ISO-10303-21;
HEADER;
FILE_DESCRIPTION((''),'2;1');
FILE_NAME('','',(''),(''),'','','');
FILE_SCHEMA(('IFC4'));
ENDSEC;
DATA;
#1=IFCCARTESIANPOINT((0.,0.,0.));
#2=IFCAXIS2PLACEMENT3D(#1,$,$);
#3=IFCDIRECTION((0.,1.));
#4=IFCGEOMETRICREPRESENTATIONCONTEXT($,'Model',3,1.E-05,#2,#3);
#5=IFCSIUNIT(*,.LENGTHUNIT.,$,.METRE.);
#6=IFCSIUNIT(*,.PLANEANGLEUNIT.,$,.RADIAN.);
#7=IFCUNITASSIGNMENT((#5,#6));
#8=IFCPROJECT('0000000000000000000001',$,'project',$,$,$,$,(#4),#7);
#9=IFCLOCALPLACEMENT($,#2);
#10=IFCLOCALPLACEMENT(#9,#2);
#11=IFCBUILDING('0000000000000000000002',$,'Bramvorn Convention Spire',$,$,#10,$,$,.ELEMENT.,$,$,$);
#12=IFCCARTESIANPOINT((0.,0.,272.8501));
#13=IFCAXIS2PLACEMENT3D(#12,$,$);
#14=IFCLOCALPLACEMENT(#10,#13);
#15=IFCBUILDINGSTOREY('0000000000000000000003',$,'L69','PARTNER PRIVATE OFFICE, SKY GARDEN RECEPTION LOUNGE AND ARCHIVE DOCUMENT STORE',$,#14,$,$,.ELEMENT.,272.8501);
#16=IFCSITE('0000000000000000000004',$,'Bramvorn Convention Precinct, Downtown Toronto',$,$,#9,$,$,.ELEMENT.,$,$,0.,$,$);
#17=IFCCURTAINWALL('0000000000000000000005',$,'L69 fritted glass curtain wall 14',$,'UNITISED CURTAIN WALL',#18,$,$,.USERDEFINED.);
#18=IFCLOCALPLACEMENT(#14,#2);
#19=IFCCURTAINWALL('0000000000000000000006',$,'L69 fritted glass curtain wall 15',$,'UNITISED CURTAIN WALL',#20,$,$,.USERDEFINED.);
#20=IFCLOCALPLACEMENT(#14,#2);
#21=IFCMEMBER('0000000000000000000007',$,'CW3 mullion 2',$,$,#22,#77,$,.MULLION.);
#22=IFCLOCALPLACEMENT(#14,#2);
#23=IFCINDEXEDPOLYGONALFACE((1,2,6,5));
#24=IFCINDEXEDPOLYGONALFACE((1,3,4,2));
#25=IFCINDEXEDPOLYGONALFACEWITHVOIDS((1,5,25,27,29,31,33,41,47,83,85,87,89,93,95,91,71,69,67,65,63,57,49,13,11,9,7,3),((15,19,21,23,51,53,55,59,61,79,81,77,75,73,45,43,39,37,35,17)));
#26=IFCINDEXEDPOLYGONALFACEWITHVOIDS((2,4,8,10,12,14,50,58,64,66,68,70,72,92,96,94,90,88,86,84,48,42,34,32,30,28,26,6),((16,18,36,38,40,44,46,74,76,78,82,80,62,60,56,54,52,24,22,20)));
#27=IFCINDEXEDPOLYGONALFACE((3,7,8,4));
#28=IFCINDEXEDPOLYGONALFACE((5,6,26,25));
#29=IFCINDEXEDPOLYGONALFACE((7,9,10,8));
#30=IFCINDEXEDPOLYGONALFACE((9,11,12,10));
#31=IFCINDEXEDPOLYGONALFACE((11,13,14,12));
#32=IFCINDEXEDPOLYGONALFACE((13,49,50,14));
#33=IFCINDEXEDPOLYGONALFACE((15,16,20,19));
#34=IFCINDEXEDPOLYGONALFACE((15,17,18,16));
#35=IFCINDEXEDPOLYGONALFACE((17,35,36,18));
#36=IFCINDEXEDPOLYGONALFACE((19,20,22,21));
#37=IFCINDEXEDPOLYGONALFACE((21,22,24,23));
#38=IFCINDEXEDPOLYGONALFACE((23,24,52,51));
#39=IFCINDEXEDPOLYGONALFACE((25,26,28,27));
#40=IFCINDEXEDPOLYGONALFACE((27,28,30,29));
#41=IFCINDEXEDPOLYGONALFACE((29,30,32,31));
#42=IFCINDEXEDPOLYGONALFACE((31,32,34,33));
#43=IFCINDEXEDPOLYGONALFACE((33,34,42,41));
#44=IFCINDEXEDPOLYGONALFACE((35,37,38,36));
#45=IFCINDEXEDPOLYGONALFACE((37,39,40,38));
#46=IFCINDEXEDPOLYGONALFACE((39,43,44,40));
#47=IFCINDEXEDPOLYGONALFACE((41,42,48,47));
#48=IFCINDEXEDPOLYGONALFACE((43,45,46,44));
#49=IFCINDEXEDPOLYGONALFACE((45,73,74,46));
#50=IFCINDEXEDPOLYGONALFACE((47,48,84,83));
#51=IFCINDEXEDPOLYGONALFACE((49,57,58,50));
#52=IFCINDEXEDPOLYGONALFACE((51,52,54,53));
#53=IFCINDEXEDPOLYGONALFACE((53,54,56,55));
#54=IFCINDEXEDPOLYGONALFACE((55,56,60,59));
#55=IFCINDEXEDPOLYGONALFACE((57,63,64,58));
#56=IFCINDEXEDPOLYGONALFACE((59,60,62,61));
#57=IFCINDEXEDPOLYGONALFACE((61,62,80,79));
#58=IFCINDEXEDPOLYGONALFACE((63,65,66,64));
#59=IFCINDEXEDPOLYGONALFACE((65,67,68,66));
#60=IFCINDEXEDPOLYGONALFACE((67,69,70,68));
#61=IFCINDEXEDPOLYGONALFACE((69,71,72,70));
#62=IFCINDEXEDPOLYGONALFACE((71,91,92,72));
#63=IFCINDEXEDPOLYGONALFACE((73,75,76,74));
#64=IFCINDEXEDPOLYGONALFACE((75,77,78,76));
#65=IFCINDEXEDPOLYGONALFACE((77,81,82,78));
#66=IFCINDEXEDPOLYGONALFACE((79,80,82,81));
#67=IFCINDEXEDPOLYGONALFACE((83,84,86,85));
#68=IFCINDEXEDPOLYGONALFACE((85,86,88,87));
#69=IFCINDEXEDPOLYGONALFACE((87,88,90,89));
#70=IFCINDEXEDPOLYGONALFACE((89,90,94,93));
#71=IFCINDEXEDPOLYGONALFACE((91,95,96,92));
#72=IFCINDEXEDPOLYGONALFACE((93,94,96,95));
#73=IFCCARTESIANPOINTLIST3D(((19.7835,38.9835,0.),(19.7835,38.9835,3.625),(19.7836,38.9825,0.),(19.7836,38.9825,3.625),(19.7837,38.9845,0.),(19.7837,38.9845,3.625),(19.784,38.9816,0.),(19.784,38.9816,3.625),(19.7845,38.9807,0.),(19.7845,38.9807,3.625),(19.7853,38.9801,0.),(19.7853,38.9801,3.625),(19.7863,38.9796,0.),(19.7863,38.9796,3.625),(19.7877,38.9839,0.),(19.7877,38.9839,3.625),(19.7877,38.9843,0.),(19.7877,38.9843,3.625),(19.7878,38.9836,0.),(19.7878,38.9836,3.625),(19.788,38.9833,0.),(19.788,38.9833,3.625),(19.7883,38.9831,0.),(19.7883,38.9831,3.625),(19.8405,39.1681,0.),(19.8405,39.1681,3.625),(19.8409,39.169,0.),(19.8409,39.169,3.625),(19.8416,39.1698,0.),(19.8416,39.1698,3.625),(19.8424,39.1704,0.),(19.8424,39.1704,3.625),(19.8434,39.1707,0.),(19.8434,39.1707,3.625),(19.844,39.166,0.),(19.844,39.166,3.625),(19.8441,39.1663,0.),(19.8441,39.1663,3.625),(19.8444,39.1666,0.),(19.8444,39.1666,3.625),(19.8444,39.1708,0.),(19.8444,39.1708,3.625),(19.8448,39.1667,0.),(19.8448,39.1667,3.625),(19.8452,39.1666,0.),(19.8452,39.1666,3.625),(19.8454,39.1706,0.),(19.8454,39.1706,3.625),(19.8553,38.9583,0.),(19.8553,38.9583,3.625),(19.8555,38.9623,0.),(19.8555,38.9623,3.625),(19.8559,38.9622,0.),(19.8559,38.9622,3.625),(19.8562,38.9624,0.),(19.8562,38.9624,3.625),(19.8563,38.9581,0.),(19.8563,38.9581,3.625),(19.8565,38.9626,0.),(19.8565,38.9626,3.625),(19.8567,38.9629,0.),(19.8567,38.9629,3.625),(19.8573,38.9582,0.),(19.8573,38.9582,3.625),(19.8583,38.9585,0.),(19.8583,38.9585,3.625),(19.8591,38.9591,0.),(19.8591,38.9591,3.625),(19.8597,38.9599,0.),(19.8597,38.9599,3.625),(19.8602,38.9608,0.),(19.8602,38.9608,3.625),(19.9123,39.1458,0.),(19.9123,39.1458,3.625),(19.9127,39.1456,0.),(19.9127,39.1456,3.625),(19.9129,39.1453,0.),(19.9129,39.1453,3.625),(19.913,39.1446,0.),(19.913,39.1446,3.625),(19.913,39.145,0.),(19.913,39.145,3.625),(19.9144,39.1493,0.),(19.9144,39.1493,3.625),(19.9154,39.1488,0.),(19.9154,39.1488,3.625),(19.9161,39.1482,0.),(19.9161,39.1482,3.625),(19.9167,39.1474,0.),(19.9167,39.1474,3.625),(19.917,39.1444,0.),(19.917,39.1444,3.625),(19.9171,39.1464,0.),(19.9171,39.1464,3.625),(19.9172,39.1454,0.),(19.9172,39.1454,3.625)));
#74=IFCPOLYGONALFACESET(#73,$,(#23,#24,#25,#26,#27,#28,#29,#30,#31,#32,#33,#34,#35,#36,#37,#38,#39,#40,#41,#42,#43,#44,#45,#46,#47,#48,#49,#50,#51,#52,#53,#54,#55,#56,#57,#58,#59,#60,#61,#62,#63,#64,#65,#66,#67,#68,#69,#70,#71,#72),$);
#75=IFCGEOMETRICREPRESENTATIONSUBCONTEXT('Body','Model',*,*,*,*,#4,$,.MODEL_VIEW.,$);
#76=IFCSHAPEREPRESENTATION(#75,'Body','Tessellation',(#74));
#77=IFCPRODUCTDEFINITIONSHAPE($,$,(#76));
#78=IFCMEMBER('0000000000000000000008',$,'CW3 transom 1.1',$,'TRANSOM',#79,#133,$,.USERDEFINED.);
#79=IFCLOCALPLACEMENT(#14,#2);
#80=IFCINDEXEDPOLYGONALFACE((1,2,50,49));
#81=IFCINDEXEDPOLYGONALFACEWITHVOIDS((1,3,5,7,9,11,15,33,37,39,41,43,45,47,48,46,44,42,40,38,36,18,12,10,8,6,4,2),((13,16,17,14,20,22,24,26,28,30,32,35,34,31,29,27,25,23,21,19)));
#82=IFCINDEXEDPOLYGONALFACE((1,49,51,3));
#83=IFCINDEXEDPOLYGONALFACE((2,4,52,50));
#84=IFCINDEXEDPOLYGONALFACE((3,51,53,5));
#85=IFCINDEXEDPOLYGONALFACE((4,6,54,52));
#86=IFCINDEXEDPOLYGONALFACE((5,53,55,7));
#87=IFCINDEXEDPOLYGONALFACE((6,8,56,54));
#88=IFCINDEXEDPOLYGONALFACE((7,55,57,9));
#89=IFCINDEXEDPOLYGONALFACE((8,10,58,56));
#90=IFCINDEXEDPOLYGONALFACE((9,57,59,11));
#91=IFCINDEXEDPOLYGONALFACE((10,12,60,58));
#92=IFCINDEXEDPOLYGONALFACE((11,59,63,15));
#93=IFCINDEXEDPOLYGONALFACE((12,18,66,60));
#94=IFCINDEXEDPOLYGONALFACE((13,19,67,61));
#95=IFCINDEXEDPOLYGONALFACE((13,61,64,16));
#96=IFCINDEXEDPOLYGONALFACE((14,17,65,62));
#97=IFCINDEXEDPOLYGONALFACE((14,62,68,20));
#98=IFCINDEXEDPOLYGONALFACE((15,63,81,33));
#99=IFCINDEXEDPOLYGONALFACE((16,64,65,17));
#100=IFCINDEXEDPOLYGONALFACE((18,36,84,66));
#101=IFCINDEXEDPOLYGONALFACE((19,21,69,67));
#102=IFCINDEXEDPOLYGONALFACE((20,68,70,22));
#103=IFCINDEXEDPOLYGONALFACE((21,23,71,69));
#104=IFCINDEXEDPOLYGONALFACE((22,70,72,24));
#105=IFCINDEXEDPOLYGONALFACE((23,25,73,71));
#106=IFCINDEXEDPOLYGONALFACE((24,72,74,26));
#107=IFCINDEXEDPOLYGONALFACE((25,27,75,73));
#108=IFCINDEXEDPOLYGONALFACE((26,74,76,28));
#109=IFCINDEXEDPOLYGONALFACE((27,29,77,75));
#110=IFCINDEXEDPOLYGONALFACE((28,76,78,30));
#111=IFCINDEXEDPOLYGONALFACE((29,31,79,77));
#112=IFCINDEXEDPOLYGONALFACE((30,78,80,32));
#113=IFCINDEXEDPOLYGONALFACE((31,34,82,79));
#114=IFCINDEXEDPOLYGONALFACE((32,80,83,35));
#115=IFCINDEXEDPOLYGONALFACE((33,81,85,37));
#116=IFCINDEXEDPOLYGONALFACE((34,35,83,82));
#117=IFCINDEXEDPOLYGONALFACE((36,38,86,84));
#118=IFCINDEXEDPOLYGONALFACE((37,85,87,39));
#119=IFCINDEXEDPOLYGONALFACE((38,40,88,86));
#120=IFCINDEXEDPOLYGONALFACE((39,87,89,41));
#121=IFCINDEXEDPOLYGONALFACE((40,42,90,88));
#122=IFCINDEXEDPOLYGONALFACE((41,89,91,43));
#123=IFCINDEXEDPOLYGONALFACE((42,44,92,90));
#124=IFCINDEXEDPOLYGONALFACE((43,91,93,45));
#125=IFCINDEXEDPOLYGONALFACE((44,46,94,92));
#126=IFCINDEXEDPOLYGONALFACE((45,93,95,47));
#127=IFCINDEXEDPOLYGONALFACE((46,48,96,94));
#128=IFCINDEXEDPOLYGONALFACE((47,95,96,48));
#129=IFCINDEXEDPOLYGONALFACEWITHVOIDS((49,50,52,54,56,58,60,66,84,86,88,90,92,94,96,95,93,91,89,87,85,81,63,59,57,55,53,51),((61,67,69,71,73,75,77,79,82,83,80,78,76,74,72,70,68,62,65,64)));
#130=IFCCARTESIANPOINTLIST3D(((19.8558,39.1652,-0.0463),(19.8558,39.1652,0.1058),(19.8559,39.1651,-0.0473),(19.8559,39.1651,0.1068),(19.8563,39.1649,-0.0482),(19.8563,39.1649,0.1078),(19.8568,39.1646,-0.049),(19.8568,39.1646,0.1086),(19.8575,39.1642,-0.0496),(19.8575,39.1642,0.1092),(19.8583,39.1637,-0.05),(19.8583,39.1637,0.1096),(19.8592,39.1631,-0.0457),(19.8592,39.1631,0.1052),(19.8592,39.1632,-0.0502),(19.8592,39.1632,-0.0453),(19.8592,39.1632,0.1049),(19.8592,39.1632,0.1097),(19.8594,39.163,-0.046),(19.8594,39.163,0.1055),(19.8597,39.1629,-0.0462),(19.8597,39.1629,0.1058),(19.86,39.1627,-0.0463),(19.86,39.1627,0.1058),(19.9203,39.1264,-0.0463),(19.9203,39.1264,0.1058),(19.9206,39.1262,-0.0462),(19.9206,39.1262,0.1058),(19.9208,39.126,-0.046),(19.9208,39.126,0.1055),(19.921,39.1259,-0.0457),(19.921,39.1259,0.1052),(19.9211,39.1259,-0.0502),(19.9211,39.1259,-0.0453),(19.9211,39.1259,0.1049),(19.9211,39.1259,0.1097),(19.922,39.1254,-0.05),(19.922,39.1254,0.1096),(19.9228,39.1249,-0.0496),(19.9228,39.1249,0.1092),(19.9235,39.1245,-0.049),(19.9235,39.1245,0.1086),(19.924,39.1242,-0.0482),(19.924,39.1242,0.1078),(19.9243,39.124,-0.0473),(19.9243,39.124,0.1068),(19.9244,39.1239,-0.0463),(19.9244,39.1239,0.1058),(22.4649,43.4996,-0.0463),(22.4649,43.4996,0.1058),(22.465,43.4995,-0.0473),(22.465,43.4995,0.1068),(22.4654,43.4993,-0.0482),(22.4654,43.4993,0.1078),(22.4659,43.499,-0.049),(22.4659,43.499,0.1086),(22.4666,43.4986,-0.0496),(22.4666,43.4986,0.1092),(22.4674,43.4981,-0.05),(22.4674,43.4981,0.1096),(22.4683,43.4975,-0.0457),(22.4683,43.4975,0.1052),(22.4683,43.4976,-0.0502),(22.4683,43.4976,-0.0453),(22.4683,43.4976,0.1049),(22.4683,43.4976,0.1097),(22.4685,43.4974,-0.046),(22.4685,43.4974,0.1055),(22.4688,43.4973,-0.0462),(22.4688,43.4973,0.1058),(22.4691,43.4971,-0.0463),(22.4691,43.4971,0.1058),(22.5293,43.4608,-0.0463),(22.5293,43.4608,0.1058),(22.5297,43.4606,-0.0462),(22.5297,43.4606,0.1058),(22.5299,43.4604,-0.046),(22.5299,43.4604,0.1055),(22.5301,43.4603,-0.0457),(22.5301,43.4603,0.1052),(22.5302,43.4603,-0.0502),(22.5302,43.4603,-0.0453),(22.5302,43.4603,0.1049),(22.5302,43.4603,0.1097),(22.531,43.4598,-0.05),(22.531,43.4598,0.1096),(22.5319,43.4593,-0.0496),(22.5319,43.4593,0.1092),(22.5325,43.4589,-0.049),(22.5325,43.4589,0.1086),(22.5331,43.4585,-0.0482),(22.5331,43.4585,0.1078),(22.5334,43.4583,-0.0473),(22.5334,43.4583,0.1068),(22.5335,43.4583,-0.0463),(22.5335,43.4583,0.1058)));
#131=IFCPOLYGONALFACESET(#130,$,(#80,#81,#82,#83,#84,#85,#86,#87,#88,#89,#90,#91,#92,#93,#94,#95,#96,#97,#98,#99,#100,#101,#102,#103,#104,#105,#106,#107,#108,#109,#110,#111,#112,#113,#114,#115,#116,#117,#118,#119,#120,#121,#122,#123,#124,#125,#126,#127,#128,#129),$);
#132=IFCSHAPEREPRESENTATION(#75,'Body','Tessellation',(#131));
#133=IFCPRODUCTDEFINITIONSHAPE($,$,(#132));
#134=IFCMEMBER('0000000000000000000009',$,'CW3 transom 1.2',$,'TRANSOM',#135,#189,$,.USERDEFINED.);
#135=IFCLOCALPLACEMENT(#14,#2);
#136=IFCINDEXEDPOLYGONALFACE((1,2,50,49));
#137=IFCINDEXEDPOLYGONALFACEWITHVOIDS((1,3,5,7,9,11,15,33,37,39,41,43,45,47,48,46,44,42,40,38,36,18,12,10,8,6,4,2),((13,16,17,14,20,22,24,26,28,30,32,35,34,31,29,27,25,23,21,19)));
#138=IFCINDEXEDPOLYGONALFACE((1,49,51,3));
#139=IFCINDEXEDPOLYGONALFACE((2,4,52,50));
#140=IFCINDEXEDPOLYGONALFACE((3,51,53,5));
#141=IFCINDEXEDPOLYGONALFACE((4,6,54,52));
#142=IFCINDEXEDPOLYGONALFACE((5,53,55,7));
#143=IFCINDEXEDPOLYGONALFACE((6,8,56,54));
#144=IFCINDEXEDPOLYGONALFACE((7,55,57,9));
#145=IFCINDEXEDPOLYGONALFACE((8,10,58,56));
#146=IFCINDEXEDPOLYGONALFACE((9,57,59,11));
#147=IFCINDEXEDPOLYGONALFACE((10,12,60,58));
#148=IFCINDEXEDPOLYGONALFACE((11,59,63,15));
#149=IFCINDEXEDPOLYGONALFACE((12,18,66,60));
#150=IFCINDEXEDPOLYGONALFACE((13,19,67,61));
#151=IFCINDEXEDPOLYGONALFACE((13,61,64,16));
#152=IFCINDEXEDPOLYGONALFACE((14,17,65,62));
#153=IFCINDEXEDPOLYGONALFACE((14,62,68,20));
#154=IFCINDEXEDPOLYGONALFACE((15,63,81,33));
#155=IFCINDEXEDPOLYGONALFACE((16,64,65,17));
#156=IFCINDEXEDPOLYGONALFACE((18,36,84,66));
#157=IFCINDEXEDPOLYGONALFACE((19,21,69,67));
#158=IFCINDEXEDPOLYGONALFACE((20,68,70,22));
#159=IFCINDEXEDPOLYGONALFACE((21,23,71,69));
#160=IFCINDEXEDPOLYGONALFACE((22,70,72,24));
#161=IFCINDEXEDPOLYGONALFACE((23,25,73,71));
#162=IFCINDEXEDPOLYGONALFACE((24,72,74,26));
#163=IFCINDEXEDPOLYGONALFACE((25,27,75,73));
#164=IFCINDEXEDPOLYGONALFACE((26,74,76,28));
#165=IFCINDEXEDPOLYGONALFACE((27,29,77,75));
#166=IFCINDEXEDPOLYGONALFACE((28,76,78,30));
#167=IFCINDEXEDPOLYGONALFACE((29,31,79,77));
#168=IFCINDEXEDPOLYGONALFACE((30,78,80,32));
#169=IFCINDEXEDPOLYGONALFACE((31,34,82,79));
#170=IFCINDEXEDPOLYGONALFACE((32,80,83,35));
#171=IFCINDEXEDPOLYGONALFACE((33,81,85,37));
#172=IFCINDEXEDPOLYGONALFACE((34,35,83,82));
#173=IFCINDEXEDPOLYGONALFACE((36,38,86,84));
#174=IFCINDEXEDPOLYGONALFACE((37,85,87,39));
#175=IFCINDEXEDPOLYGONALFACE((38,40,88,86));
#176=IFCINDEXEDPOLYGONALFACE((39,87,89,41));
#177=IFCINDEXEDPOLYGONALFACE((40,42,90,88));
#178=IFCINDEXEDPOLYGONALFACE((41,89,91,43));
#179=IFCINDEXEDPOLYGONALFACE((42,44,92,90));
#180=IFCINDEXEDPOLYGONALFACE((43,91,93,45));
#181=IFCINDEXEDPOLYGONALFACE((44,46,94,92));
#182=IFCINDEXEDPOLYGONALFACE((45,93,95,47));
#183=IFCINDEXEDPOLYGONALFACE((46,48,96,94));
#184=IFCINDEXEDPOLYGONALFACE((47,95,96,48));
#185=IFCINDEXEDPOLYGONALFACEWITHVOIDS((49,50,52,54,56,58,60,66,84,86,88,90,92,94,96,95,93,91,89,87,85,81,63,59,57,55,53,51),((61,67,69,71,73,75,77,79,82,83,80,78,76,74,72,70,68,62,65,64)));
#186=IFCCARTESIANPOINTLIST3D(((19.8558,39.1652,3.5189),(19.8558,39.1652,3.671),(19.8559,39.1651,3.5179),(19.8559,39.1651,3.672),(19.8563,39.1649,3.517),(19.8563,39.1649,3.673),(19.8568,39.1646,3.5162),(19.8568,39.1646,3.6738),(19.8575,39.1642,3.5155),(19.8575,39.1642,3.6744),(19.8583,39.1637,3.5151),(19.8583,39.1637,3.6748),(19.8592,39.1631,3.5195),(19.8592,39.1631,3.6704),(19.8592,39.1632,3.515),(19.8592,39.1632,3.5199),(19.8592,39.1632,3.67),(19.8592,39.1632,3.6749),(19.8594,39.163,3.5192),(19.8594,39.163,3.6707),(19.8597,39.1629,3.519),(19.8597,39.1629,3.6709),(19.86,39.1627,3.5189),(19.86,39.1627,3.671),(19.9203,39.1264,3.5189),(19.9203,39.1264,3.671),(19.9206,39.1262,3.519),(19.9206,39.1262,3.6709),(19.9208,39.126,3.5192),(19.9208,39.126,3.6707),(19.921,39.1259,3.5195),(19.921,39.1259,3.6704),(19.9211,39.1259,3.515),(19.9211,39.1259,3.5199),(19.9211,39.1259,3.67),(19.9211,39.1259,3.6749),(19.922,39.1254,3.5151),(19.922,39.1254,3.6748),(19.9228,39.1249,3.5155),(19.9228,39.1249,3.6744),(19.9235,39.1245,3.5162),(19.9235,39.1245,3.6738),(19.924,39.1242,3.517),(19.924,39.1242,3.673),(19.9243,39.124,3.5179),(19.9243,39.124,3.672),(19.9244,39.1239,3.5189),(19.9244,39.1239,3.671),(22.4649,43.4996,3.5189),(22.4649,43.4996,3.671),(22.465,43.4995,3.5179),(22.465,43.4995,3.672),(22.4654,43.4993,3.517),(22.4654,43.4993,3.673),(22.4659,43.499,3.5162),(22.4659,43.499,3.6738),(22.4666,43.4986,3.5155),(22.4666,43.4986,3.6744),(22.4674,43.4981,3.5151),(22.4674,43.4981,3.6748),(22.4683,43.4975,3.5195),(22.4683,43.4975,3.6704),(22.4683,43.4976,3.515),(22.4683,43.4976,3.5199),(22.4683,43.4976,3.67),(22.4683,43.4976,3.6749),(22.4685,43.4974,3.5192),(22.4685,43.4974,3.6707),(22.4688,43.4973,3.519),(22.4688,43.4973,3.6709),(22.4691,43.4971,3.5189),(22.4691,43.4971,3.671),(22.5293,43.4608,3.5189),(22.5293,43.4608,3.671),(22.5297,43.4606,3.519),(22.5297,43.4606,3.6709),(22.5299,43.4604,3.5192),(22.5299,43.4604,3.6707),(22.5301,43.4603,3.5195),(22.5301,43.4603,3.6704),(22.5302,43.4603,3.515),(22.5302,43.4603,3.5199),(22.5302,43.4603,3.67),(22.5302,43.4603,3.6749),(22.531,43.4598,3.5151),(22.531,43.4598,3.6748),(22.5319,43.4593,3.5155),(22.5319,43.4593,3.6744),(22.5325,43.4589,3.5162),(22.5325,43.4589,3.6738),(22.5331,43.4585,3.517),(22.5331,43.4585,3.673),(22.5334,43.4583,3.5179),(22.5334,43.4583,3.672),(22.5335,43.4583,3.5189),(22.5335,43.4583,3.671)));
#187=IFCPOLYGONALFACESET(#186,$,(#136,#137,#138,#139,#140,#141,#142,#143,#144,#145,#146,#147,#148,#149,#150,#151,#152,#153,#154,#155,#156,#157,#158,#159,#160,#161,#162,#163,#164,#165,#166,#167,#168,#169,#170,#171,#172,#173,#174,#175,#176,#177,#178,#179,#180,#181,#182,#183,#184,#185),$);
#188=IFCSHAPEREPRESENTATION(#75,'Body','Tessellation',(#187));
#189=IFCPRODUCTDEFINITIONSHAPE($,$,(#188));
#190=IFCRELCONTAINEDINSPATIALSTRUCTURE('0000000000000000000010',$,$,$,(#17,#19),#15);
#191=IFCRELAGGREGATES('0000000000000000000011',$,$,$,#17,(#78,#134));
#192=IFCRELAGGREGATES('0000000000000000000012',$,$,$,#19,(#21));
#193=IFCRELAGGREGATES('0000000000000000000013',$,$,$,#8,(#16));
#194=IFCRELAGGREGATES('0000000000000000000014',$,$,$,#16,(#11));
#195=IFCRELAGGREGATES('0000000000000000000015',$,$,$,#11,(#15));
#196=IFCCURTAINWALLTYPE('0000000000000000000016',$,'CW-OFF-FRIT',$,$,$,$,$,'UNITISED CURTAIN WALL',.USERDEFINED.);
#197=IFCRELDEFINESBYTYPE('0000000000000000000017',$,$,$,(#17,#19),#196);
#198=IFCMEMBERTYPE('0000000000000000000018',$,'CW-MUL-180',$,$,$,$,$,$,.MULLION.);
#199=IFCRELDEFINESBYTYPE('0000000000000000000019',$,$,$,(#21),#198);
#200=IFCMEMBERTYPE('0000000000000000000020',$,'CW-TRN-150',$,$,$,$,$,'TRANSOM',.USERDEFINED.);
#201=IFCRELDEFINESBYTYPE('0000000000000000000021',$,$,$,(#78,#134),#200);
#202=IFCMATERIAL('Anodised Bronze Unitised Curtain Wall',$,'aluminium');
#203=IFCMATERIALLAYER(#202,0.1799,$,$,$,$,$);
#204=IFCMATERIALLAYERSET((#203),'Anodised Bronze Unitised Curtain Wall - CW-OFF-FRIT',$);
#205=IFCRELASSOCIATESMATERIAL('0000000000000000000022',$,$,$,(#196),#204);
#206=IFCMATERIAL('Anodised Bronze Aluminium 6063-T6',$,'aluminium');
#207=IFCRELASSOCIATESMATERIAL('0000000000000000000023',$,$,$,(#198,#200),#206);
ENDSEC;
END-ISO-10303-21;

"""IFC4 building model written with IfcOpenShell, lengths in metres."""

from ifc_helpers import new_model, si_unit, direction, frame, origin, origin_2d, place, context, subcontext, project, spatial, hollow_rectangle, extrude, material, layer, layer_set, material_profile, profile_set, type_object, element, aggregate, save


model = new_model("IFC4")

# Units and contexts
model_context = context("Model", 3, precision=1e-05, world=origin(), true_north=direction((0.0, 1.0)))
body_context = subcontext(model_context, "Body", "Model", "MODEL_VIEW")
ifc_project = project(units=[si_unit("LENGTHUNIT", "METRE"), si_unit("PLANEANGLEUNIT", "RADIAN")], contexts=[model_context])

# Site, building, storey
site_placement = place(None, origin())
site = spatial("IfcSite", under=ifc_project, at=site_placement, Name="Bramvorn Convention Precinct, Downtown Toronto", CompositionType="ELEMENT", RefElevation=0.0)
building_placement = place(site_placement, origin())
building = spatial("IfcBuilding", under=site, at=building_placement, Name="Bramvorn Convention Spire", CompositionType="ELEMENT")
storey_placement = place(building_placement, frame((0.0, 0.0, 272.8501)))
storey = spatial("IfcBuildingStorey", under=building, at=storey_placement, Name="L69", Description="PARTNER PRIVATE OFFICE, SKY GARDEN RECEPTION LOUNGE AND ARCHIVE DOCUMENT STORE", CompositionType="ELEMENT", Elevation=272.8501)

# Curtain walls, member
ifc_material_1 = material(Name="Anodised Bronze Unitised Curtain Wall", Category="aluminium")
ifc_layer_1 = layer(ifc_material_1, 0.1799)
ifc_layer_set_1 = layer_set([ifc_layer_1], Name="Anodised Bronze Unitised Curtain Wall - CW-OFF-FRIT")
curtain_wall_type = type_object("IfcCurtainWallType", Name="CW-OFF-FRIT", ElementType="UNITISED CURTAIN WALL", PredefinedType="USERDEFINED", material=ifc_layer_set_1)
curtain_wall_1_placement = place(storey_placement, origin())
curtain_wall_1 = element("IfcCurtainWall", 1, at=curtain_wall_1_placement, inside=storey, type_object=curtain_wall_type, Name="L69 fritted glass curtain wall 14", ObjectType="UNITISED CURTAIN WALL", PredefinedType="USERDEFINED")
ifc_material_2 = material(Name="Anodised Bronze Aluminium 6063-T6", Category="aluminium")
ifc_material_profile_1 = material_profile(ifc_material_2, hollow_rectangle(XDim=0.0801, YDim=0.2, WallThickness=0.0039, InnerFilletRadius=0.001, OuterFilletRadius=0.0039, at=origin_2d()))
ifc_profile_set_1 = profile_set([ifc_material_profile_1], Name="Anodised Bronze Aluminium 6063-T6 - CWM80X200")
member_type_1 = type_object("IfcMemberType", Name="CW-MUL-180", PredefinedType="MULLION", material=ifc_profile_set_1)
curtain_wall_2_placement = place(storey_placement, origin())
curtain_wall_2 = element("IfcCurtainWall", 2, at=curtain_wall_2_placement, inside=storey, type_object=curtain_wall_type, Name="L69 fritted glass curtain wall 15", ObjectType="UNITISED CURTAIN WALL", PredefinedType="USERDEFINED")
member_1_placement = place(storey_placement, frame((19.8503, 39.0645, 0.0), z_axis=(0.0, 0.0, 1.0), x_axis=(-0.955244, 0.295821, 0.0)))
member_1 = element("IfcMember", 3, at=member_1_placement, type_object=member_type_1, Name="CW3 mullion 2", PredefinedType="MULLION", context=body_context, shape_type="SweptSolid", body=[
    extrude(hollow_rectangle(XDim=0.0801, YDim=0.2, WallThickness=0.0039, InnerFilletRadius=0.001, OuterFilletRadius=0.0039, at=origin_2d()), origin(), (0.0, 0.0, 1.0), 3.625),
])

# Members
ifc_material_profile_2 = material_profile(ifc_material_2, hollow_rectangle(XDim=0.0801, YDim=0.1599, WallThickness=0.0039, InnerFilletRadius=0.001, OuterFilletRadius=0.0039, at=origin_2d()))
ifc_profile_set_2 = profile_set([ifc_material_profile_2], Name="Anodised Bronze Aluminium 6063-T6 - CWT80X160")
member_type_2 = type_object("IfcMemberType", Name="CW-TRN-150", ElementType="TRANSOM", PredefinedType="USERDEFINED", material=ifc_profile_set_2)
member_2_placement = place(storey_placement, frame((19.8901, 39.1445, 0.0298), z_axis=(0.515723, 0.856755, 0.0), x_axis=(-0.856755, 0.515723, 0.0)))
member_2 = element("IfcMember", 4, at=member_2_placement, type_object=member_type_2, Name="CW3 transom 1.1", ObjectType="TRANSOM", PredefinedType="USERDEFINED", context=body_context, shape_type="SweptSolid", body=[
    extrude(hollow_rectangle(XDim=0.0801, YDim=0.1599, WallThickness=0.0039, InnerFilletRadius=0.001, OuterFilletRadius=0.0039, at=origin_2d()), origin(), (0.0, 0.0, 1.0), 5.0591),
])
member_3_placement = place(storey_placement, frame((19.8901, 39.1445, 3.595), z_axis=(0.515723, 0.856755, 0.0), x_axis=(-0.856755, 0.515723, 0.0)))
member_3 = element("IfcMember", 5, at=member_3_placement, type_object=member_type_2, Name="CW3 transom 1.2", ObjectType="TRANSOM", PredefinedType="USERDEFINED", context=body_context, shape_type="SweptSolid", body=[
    extrude(hollow_rectangle(XDim=0.0801, YDim=0.1599, WallThickness=0.0039, InnerFilletRadius=0.001, OuterFilletRadius=0.0039, at=origin_2d()), origin(), (0.0, 0.0, 1.0), 5.0591),
])

aggregate(curtain_wall_1, [member_2, member_3])
aggregate(curtain_wall_2, [member_1])

save(model, "model.ifc")
